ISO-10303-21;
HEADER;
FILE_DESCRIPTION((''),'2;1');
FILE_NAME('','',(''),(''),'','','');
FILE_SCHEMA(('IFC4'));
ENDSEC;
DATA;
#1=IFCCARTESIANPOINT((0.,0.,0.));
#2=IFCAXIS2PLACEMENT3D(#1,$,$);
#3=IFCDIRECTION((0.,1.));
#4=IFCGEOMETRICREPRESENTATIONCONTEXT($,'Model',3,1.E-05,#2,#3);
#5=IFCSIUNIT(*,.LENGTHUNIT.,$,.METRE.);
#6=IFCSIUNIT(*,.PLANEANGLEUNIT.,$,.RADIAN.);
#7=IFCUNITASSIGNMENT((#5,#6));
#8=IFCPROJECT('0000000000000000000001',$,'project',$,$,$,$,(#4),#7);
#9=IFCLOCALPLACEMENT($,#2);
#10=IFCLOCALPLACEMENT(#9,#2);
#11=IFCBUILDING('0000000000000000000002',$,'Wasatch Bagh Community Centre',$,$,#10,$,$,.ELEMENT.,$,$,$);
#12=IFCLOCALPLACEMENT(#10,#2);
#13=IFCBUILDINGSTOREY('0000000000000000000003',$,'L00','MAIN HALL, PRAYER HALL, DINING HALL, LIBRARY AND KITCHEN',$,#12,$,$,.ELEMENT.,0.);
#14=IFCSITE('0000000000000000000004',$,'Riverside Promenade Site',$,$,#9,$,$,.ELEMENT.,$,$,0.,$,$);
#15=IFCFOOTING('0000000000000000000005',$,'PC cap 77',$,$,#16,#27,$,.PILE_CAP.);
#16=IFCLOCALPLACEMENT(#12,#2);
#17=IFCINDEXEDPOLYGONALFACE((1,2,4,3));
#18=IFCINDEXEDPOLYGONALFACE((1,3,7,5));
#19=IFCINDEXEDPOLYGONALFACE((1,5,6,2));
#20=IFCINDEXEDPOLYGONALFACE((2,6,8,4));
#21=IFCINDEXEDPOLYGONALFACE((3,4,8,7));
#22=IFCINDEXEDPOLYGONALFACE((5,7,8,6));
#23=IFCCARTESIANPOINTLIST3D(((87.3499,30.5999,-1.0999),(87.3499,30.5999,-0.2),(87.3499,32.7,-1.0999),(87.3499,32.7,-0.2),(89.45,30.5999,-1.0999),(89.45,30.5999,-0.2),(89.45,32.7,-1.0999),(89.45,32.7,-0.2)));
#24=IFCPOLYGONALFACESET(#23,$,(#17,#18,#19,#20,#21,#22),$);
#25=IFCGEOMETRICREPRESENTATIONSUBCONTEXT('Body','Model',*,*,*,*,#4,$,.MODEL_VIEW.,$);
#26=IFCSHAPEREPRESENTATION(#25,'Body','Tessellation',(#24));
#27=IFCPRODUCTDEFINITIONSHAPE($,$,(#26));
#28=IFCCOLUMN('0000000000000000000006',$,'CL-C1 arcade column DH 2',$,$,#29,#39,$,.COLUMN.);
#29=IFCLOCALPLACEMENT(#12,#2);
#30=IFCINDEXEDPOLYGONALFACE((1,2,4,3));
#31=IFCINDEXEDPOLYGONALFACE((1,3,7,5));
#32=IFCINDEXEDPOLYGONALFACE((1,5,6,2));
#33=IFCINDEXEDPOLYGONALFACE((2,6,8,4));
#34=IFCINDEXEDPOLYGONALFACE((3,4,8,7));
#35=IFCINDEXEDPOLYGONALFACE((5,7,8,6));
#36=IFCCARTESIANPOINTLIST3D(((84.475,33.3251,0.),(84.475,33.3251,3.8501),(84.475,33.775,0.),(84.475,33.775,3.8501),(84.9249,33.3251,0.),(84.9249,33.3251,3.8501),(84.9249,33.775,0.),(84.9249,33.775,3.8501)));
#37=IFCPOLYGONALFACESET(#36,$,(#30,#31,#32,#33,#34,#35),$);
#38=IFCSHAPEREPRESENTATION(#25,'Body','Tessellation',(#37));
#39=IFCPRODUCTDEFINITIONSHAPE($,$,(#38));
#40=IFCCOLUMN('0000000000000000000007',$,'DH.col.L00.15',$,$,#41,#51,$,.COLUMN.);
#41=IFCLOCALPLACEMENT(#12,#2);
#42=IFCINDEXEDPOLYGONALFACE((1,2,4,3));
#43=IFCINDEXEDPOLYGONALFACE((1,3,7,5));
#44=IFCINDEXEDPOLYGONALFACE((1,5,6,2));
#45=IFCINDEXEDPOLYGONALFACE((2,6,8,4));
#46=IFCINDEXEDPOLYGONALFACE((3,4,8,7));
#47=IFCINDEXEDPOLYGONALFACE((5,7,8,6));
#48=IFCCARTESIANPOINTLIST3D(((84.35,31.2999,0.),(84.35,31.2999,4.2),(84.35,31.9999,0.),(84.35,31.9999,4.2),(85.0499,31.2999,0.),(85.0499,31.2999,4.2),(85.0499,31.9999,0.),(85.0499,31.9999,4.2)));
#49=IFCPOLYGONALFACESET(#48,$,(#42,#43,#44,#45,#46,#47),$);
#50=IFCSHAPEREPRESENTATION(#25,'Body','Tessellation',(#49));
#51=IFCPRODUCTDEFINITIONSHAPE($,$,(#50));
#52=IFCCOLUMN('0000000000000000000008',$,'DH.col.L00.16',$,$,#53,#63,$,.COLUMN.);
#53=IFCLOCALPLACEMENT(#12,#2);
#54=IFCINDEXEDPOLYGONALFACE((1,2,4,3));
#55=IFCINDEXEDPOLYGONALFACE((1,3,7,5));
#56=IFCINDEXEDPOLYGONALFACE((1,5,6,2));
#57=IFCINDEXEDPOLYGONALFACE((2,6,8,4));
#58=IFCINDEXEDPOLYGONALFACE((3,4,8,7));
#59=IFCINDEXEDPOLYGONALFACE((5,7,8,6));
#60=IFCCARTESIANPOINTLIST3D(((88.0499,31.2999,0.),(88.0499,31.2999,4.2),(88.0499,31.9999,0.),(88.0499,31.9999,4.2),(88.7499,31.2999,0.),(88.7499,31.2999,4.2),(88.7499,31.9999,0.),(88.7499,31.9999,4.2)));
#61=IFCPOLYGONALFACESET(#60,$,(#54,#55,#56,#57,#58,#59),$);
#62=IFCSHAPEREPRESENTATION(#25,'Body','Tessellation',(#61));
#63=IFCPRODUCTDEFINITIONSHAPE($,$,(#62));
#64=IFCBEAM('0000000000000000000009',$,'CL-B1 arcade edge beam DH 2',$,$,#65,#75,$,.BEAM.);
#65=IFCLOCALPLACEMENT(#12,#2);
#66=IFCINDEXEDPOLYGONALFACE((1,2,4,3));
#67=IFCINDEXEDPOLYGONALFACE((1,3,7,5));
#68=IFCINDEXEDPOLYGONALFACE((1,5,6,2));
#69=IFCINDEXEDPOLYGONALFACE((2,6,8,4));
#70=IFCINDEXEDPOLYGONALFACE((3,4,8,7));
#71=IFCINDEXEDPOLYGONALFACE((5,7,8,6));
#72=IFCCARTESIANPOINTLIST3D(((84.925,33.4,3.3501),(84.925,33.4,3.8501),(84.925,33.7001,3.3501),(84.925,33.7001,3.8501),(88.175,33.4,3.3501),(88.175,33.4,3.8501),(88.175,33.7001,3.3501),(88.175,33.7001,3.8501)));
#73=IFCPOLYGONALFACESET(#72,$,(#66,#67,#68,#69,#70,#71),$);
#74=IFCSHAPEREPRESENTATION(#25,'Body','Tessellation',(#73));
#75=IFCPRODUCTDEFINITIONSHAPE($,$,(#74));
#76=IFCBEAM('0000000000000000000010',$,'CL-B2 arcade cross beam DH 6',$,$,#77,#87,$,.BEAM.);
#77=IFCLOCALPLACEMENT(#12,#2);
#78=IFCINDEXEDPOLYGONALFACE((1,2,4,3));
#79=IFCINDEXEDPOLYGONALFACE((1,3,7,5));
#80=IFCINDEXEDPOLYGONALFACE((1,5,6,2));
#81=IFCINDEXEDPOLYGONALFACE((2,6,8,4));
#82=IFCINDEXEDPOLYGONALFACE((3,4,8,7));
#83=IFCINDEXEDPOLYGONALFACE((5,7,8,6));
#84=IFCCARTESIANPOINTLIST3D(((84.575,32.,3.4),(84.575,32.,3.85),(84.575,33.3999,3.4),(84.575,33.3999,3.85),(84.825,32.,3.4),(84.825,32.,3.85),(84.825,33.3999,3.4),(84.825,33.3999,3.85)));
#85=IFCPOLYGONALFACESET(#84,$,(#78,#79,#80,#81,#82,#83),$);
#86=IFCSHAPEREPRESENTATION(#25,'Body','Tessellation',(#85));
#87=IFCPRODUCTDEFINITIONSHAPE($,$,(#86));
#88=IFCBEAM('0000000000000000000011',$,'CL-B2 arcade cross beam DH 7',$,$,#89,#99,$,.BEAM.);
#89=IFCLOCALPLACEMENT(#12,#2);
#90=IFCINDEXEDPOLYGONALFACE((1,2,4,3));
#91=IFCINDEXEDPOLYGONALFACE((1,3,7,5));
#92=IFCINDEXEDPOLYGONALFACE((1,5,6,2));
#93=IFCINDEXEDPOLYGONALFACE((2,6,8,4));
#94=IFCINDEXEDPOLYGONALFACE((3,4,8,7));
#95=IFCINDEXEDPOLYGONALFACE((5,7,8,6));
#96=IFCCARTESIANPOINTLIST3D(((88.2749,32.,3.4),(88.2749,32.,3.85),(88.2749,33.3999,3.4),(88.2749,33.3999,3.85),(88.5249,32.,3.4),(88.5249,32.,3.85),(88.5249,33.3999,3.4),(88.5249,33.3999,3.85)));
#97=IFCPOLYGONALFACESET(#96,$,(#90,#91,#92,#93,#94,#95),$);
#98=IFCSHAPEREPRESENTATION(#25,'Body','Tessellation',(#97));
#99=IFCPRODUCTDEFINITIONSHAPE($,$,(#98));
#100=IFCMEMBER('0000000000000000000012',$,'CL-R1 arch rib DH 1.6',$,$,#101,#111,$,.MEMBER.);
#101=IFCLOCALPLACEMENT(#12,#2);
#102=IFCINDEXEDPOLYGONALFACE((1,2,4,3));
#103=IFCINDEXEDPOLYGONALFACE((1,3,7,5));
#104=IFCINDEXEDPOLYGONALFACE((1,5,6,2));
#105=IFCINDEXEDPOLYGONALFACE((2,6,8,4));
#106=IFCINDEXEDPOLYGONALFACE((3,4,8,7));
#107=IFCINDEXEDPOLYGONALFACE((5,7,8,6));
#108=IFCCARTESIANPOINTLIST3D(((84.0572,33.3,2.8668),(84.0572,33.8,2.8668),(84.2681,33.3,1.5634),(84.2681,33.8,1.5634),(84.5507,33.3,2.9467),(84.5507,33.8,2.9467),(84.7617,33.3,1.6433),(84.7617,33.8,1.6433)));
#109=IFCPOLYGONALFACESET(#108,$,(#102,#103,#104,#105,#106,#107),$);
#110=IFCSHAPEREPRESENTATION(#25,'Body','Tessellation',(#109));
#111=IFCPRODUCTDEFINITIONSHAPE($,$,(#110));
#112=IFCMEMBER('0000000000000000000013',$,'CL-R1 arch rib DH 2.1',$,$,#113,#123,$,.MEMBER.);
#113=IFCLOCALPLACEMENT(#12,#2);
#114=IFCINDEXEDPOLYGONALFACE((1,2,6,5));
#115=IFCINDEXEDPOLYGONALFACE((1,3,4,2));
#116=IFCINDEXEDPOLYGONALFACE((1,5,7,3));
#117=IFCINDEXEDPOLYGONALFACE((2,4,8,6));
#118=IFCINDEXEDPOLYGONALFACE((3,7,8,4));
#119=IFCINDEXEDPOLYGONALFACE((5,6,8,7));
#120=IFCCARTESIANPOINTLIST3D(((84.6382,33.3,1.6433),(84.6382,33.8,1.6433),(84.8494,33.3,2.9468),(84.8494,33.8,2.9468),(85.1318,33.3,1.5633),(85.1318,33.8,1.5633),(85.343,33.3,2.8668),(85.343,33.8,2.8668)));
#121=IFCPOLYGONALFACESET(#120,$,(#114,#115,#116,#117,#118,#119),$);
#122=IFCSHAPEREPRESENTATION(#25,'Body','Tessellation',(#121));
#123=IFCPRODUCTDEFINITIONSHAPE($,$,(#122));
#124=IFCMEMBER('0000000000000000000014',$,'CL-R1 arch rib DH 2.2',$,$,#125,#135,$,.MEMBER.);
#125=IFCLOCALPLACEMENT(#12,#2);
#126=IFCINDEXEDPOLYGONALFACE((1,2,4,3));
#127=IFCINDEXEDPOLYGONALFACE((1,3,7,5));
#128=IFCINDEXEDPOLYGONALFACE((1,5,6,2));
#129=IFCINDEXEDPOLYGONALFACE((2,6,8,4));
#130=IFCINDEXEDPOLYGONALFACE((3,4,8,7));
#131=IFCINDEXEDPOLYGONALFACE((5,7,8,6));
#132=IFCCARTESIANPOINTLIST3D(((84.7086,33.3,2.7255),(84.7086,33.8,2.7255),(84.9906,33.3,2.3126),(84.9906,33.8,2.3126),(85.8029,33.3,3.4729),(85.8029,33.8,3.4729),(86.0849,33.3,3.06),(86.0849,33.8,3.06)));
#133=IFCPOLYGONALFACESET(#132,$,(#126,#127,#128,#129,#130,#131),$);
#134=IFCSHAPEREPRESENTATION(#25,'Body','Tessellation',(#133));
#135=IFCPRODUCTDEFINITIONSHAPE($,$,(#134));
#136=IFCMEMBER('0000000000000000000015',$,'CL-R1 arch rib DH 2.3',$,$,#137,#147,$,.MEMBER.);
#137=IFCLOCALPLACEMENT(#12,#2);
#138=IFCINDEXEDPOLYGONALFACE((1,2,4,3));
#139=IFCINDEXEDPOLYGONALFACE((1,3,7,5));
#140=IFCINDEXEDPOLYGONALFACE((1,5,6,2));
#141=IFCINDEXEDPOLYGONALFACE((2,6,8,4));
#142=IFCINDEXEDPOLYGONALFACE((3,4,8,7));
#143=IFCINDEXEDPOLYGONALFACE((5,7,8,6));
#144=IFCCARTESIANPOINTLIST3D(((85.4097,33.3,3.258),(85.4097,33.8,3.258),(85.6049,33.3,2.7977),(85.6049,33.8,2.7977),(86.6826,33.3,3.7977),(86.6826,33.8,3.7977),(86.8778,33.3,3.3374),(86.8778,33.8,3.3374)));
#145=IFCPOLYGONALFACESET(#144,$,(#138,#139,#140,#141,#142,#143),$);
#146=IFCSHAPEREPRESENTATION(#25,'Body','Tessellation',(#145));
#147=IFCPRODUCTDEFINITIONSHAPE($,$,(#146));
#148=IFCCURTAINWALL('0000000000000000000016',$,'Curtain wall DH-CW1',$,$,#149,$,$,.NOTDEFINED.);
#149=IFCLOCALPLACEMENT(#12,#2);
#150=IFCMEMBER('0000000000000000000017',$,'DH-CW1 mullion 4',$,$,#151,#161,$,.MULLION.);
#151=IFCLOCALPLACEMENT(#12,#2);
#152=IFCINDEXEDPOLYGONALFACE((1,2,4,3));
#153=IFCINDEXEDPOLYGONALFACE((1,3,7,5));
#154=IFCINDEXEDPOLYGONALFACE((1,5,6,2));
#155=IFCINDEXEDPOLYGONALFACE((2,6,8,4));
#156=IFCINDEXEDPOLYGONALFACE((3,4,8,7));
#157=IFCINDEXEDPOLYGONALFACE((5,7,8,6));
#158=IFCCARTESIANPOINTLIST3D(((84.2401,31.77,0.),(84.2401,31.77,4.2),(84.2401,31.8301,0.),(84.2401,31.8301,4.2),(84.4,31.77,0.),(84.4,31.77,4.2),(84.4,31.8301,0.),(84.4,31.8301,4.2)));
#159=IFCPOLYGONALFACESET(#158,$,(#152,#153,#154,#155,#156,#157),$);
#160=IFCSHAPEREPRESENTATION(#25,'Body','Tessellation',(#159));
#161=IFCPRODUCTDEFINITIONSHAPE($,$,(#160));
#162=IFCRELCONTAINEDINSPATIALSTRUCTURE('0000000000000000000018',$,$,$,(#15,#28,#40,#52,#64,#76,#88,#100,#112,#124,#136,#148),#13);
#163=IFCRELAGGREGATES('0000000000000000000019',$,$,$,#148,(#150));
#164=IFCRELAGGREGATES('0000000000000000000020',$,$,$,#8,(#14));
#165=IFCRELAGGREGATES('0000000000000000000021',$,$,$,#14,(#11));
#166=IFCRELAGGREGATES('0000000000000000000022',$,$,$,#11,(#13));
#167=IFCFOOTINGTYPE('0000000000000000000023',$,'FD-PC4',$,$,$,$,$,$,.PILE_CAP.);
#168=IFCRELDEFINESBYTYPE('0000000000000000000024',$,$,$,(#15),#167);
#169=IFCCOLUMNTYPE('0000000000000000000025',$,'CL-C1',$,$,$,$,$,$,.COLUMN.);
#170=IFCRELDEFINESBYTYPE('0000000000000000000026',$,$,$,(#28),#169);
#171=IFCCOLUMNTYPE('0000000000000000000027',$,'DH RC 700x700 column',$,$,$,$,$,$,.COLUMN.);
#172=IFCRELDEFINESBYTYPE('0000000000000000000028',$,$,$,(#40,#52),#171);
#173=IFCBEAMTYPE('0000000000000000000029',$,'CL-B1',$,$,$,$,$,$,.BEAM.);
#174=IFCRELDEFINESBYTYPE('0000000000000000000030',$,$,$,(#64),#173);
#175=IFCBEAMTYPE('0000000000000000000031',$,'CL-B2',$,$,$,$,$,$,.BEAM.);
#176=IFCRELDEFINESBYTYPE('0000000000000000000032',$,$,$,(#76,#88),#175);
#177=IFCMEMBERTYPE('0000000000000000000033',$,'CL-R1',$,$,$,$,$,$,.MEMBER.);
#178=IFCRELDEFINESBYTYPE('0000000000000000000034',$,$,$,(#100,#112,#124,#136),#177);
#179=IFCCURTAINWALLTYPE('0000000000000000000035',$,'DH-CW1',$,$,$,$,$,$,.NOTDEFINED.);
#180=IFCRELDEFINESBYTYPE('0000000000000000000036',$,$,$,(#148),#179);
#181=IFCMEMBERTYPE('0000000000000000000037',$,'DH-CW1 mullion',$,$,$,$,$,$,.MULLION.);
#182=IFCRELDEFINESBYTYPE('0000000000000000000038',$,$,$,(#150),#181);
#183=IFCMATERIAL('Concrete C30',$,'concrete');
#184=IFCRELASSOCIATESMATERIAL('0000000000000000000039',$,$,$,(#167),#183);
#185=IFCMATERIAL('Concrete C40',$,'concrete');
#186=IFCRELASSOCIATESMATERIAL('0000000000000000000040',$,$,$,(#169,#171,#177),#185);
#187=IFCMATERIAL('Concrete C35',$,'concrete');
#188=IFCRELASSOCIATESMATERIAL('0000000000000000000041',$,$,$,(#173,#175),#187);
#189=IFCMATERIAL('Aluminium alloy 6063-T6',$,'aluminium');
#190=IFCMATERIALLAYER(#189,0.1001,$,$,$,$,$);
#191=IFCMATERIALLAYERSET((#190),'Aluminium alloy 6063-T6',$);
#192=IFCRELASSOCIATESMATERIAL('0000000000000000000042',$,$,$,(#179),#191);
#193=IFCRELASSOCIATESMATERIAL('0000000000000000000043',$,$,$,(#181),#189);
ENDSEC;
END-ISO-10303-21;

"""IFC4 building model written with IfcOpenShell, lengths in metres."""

from ifc_helpers import new_model, si_unit, direction, frame, origin, origin_2d, place, context, subcontext, project, spatial, rectangle, extrude, material, layer, layer_set, material_profile, profile_set, type_object, element, aggregate, save


model = new_model("IFC4")

# Units and contexts
model_context = context("Model", 3, precision=1e-05, world=origin(), true_north=direction((0.0, 1.0)))
body_context = subcontext(model_context, "Body", "Model", "MODEL_VIEW")
ifc_project = project(units=[si_unit("LENGTHUNIT", "METRE"), si_unit("PLANEANGLEUNIT", "RADIAN")], contexts=[model_context])

# Site, building, storey
site_placement = place(None, origin())
site = spatial("IfcSite", under=ifc_project, at=site_placement, Name="Riverside Promenade Site", CompositionType="ELEMENT", RefElevation=0.0)
building_placement = place(site_placement, origin())
building = spatial("IfcBuilding", under=site, at=building_placement, Name="Wasatch Bagh Community Centre", CompositionType="ELEMENT")
storey_placement = place(building_placement, origin())
storey = spatial("IfcBuildingStorey", under=building, at=storey_placement, Name="L00", Description="MAIN HALL, PRAYER HALL, DINING HALL, LIBRARY AND KITCHEN", CompositionType="ELEMENT", Elevation=0.0)

# Shared definitions
ifc_material_1 = material(Name="Concrete C35", Category="concrete")

# Shared definitions
ifc_material_2 = material(Name="Concrete C30", Category="concrete")

# Footing
footing_type_1 = type_object("IfcFootingType", Name="FD-PC4", PredefinedType="PILE_CAP", material=ifc_material_2)
for number, where, z_axis, x_axis, name in (
    (1, (88.3999, 31.6499, -1.0999), (0.0, 0.0, 1.0), (1.0, 0.0, 0.0), "PC cap 77"),
):
    element("IfcFooting", number, at=place(storey_placement, frame(where, z_axis=z_axis, x_axis=x_axis)), inside=storey, type_object=footing_type_1, Name=name, PredefinedType="PILE_CAP", context=body_context, shape_type="SweptSolid", body=[
        extrude(rectangle(XDim=2.1001, YDim=2.1001, at=origin_2d()), origin(), (0.0, 0.0, 1.0), 0.8999),
    ])

# Columns
ifc_material_3 = material(Name="Concrete C40", Category="concrete")
ifc_material_profile_1 = material_profile(ifc_material_3, rectangle(XDim=0.45, YDim=0.45, at=origin_2d()), Name="RC 450x450")
ifc_profile_set_1 = profile_set([ifc_material_profile_1], Name="Concrete C40")
column_type_1 = type_object("IfcColumnType", Name="CL-C1", PredefinedType="COLUMN", material=ifc_profile_set_1)
column_placement = place(storey_placement, frame((84.7, 33.55, 0.0), z_axis=(0.0, 0.0, 1.0), x_axis=(1.0, 0.0, 0.0)))
element("IfcColumn", 2, at=column_placement, inside=storey, type_object=column_type_1, Name="CL-C1 arcade column DH 2", PredefinedType="COLUMN", context=body_context, shape_type="SweptSolid", body=[
    extrude(rectangle(XDim=0.45, YDim=0.45, at=origin_2d()), origin(), (0.0, 0.0, 1.0), 3.8501),
])
ifc_material_profile_2 = material_profile(ifc_material_3, rectangle(XDim=0.7, YDim=0.7, at=origin_2d()), Name="RC 700x700")
ifc_profile_set_2 = profile_set([ifc_material_profile_2], Name="Concrete C40")
column_type_2 = type_object("IfcColumnType", Name="DH RC 700x700 column", PredefinedType="COLUMN", material=ifc_profile_set_2)
for number, where, z_axis, x_axis, name in (
    (3, (84.7, 31.6499, 0.0), (0.0, 0.0, 1.0), (1.0, 0.0, 0.0), "DH.col.L00.15"),
    (4, (88.3999, 31.6499, 0.0), (0.0, 0.0, 1.0), (1.0, 0.0, 0.0), "DH.col.L00.16"),
):
    element("IfcColumn", number, at=place(storey_placement, frame(where, z_axis=z_axis, x_axis=x_axis)), inside=storey, type_object=column_type_2, Name=name, PredefinedType="COLUMN", context=body_context, shape_type="SweptSolid", body=[
        extrude(rectangle(XDim=0.7, YDim=0.7, at=origin_2d()), origin(), (0.0, 0.0, 1.0), 4.2),
    ])

# Beams
ifc_material_profile_3 = material_profile(ifc_material_1, rectangle(XDim=0.3, YDim=0.5, at=origin_2d()), Name="RC 300x500")
ifc_profile_set_3 = profile_set([ifc_material_profile_3], Name="Concrete C35")
beam_type_1 = type_object("IfcBeamType", Name="CL-B1", PredefinedType="BEAM", material=ifc_profile_set_3)
beam_placement = place(storey_placement, frame((84.925, 33.55, 3.6001), z_axis=(1.0, 0.0, 0.0), x_axis=(0.0, 1.0, 0.0)))
element("IfcBeam", 5, at=beam_placement, inside=storey, type_object=beam_type_1, Name="CL-B1 arcade edge beam DH 2", PredefinedType="BEAM", context=body_context, shape_type="SweptSolid", body=[
    extrude(rectangle(XDim=0.3, YDim=0.5, at=origin_2d()), origin(), (0.0, 0.0, 1.0), 3.25),
])
ifc_material_profile_4 = material_profile(ifc_material_1, rectangle(XDim=0.25, YDim=0.45, at=origin_2d()), Name="RC 250x450")
ifc_profile_set_4 = profile_set([ifc_material_profile_4], Name="Concrete C35")
beam_type_2 = type_object("IfcBeamType", Name="CL-B2", PredefinedType="BEAM", material=ifc_profile_set_4)
for number, where, z_axis, x_axis, name in (
    (6, (84.7, 32.0, 3.625), (0.0, 1.0, 0.0), (-1.0, 0.0, 0.0), "CL-B2 arcade cross beam DH 6"),
    (7, (88.3999, 32.0, 3.625), (0.0, 1.0, 0.0), (-1.0, 0.0, 0.0), "CL-B2 arcade cross beam DH 7"),
):
    element("IfcBeam", number, at=place(storey_placement, frame(where, z_axis=z_axis, x_axis=x_axis)), inside=storey, type_object=beam_type_2, Name=name, PredefinedType="BEAM", context=body_context, shape_type="SweptSolid", body=[
        extrude(rectangle(XDim=0.25, YDim=0.45, at=origin_2d()), origin(), (0.0, 0.0, 1.0), 1.3999),
    ])

# Members
ifc_material_profile_5 = material_profile(ifc_material_3, rectangle(XDim=0.5, YDim=0.5, at=origin_2d()), Name="RC 500x500")
ifc_profile_set_5 = profile_set([ifc_material_profile_5], Name="Concrete C40")
member_type_1 = type_object("IfcMemberType", Name="CL-R1", PredefinedType="MEMBER", material=ifc_profile_set_5)
member_1_placement = place(storey_placement, frame((84.304, 33.55, 2.9067), z_axis=(0.15975, 0.0, -0.987158), x_axis=(0.0, 1.0, 0.0)))
element("IfcMember", 8, at=member_1_placement, inside=storey, type_object=member_type_1, Name="CL-R1 arch rib DH 1.6", PredefinedType="MEMBER", context=body_context, shape_type="SweptSolid", body=[
    extrude(rectangle(XDim=0.5, YDim=0.5, at=origin_2d()), origin(), (0.0, 0.0, 1.0), 1.3203),
])
member_2_placement = place(storey_placement, frame((84.885, 33.55, 1.6033), z_axis=(0.15993, 0.0, 0.987128), x_axis=(0.0, 1.0, 0.0)))
element("IfcMember", 9, at=member_2_placement, inside=storey, type_object=member_type_1, Name="CL-R1 arch rib DH 2.1", PredefinedType="MEMBER", context=body_context, shape_type="SweptSolid", body=[
    extrude(rectangle(XDim=0.5, YDim=0.5, at=origin_2d()), origin(), (0.0, 0.0, 1.0), 1.3206),
])
member_3_placement = place(storey_placement, frame((84.8496, 33.55, 2.519), z_axis=(0.825791, 0.0, 0.563977), x_axis=(0.0, 1.0, 0.0)))
element("IfcMember", 10, at=member_3_placement, inside=storey, type_object=member_type_1, Name="CL-R1 arch rib DH 2.2", PredefinedType="MEMBER", context=body_context, shape_type="SweptSolid", body=[
    extrude(rectangle(XDim=0.5, YDim=0.5, at=origin_2d()), origin(), (0.0, 0.0, 1.0), 1.3252),
])
member_4_placement = place(storey_placement, frame((85.5073, 33.55, 3.0278), z_axis=(0.920645, 0.0, 0.3904), x_axis=(0.0, 1.0, 0.0)))
element("IfcMember", 11, at=member_4_placement, inside=storey, type_object=member_type_1, Name="CL-R1 arch rib DH 2.3", PredefinedType="MEMBER", context=body_context, shape_type="SweptSolid", body=[
    extrude(rectangle(XDim=0.5, YDim=0.5, at=origin_2d()), origin(), (0.0, 0.0, 1.0), 1.3826),
])

# Curtain wall, member
ifc_material_4 = material(Name="Aluminium alloy 6063-T6", Category="aluminium")
ifc_layer_1 = layer(ifc_material_4, 0.1001)
ifc_layer_set_1 = layer_set([ifc_layer_1], Name="Aluminium alloy 6063-T6")
curtain_wall_type = type_object("IfcCurtainWallType", Name="DH-CW1", PredefinedType="NOTDEFINED", material=ifc_layer_set_1)
curtain_wall_placement = place(storey_placement, origin())
curtain_wall = element("IfcCurtainWall", 12, at=curtain_wall_placement, inside=storey, type_object=curtain_wall_type, Name="Curtain wall DH-CW1", PredefinedType="NOTDEFINED")
ifc_material_profile_6 = material_profile(ifc_material_4, rectangle(XDim=0.0601, YDim=0.1599, at=origin_2d()), Name="AL 60x160")
ifc_profile_set_6 = profile_set([ifc_material_profile_6], Name="Aluminium alloy 6063-T6")
member_type_2 = type_object("IfcMemberType", Name="DH-CW1 mullion", PredefinedType="MULLION", material=ifc_profile_set_6)
member_5_placement = place(storey_placement, frame((84.3201, 31.8, 0.0), z_axis=(0.0, 0.0, 1.0), x_axis=(0.0, 1.0, 0.0)))
member_5 = element("IfcMember", 13, at=member_5_placement, type_object=member_type_2, Name="DH-CW1 mullion 4", PredefinedType="MULLION", context=body_context, shape_type="SweptSolid", body=[
    extrude(rectangle(XDim=0.0601, YDim=0.1599, at=origin_2d()), origin(), (0.0, 0.0, 1.0), 4.2),
])
aggregate(curtain_wall, [member_5])

save(model, "model.ifc")
